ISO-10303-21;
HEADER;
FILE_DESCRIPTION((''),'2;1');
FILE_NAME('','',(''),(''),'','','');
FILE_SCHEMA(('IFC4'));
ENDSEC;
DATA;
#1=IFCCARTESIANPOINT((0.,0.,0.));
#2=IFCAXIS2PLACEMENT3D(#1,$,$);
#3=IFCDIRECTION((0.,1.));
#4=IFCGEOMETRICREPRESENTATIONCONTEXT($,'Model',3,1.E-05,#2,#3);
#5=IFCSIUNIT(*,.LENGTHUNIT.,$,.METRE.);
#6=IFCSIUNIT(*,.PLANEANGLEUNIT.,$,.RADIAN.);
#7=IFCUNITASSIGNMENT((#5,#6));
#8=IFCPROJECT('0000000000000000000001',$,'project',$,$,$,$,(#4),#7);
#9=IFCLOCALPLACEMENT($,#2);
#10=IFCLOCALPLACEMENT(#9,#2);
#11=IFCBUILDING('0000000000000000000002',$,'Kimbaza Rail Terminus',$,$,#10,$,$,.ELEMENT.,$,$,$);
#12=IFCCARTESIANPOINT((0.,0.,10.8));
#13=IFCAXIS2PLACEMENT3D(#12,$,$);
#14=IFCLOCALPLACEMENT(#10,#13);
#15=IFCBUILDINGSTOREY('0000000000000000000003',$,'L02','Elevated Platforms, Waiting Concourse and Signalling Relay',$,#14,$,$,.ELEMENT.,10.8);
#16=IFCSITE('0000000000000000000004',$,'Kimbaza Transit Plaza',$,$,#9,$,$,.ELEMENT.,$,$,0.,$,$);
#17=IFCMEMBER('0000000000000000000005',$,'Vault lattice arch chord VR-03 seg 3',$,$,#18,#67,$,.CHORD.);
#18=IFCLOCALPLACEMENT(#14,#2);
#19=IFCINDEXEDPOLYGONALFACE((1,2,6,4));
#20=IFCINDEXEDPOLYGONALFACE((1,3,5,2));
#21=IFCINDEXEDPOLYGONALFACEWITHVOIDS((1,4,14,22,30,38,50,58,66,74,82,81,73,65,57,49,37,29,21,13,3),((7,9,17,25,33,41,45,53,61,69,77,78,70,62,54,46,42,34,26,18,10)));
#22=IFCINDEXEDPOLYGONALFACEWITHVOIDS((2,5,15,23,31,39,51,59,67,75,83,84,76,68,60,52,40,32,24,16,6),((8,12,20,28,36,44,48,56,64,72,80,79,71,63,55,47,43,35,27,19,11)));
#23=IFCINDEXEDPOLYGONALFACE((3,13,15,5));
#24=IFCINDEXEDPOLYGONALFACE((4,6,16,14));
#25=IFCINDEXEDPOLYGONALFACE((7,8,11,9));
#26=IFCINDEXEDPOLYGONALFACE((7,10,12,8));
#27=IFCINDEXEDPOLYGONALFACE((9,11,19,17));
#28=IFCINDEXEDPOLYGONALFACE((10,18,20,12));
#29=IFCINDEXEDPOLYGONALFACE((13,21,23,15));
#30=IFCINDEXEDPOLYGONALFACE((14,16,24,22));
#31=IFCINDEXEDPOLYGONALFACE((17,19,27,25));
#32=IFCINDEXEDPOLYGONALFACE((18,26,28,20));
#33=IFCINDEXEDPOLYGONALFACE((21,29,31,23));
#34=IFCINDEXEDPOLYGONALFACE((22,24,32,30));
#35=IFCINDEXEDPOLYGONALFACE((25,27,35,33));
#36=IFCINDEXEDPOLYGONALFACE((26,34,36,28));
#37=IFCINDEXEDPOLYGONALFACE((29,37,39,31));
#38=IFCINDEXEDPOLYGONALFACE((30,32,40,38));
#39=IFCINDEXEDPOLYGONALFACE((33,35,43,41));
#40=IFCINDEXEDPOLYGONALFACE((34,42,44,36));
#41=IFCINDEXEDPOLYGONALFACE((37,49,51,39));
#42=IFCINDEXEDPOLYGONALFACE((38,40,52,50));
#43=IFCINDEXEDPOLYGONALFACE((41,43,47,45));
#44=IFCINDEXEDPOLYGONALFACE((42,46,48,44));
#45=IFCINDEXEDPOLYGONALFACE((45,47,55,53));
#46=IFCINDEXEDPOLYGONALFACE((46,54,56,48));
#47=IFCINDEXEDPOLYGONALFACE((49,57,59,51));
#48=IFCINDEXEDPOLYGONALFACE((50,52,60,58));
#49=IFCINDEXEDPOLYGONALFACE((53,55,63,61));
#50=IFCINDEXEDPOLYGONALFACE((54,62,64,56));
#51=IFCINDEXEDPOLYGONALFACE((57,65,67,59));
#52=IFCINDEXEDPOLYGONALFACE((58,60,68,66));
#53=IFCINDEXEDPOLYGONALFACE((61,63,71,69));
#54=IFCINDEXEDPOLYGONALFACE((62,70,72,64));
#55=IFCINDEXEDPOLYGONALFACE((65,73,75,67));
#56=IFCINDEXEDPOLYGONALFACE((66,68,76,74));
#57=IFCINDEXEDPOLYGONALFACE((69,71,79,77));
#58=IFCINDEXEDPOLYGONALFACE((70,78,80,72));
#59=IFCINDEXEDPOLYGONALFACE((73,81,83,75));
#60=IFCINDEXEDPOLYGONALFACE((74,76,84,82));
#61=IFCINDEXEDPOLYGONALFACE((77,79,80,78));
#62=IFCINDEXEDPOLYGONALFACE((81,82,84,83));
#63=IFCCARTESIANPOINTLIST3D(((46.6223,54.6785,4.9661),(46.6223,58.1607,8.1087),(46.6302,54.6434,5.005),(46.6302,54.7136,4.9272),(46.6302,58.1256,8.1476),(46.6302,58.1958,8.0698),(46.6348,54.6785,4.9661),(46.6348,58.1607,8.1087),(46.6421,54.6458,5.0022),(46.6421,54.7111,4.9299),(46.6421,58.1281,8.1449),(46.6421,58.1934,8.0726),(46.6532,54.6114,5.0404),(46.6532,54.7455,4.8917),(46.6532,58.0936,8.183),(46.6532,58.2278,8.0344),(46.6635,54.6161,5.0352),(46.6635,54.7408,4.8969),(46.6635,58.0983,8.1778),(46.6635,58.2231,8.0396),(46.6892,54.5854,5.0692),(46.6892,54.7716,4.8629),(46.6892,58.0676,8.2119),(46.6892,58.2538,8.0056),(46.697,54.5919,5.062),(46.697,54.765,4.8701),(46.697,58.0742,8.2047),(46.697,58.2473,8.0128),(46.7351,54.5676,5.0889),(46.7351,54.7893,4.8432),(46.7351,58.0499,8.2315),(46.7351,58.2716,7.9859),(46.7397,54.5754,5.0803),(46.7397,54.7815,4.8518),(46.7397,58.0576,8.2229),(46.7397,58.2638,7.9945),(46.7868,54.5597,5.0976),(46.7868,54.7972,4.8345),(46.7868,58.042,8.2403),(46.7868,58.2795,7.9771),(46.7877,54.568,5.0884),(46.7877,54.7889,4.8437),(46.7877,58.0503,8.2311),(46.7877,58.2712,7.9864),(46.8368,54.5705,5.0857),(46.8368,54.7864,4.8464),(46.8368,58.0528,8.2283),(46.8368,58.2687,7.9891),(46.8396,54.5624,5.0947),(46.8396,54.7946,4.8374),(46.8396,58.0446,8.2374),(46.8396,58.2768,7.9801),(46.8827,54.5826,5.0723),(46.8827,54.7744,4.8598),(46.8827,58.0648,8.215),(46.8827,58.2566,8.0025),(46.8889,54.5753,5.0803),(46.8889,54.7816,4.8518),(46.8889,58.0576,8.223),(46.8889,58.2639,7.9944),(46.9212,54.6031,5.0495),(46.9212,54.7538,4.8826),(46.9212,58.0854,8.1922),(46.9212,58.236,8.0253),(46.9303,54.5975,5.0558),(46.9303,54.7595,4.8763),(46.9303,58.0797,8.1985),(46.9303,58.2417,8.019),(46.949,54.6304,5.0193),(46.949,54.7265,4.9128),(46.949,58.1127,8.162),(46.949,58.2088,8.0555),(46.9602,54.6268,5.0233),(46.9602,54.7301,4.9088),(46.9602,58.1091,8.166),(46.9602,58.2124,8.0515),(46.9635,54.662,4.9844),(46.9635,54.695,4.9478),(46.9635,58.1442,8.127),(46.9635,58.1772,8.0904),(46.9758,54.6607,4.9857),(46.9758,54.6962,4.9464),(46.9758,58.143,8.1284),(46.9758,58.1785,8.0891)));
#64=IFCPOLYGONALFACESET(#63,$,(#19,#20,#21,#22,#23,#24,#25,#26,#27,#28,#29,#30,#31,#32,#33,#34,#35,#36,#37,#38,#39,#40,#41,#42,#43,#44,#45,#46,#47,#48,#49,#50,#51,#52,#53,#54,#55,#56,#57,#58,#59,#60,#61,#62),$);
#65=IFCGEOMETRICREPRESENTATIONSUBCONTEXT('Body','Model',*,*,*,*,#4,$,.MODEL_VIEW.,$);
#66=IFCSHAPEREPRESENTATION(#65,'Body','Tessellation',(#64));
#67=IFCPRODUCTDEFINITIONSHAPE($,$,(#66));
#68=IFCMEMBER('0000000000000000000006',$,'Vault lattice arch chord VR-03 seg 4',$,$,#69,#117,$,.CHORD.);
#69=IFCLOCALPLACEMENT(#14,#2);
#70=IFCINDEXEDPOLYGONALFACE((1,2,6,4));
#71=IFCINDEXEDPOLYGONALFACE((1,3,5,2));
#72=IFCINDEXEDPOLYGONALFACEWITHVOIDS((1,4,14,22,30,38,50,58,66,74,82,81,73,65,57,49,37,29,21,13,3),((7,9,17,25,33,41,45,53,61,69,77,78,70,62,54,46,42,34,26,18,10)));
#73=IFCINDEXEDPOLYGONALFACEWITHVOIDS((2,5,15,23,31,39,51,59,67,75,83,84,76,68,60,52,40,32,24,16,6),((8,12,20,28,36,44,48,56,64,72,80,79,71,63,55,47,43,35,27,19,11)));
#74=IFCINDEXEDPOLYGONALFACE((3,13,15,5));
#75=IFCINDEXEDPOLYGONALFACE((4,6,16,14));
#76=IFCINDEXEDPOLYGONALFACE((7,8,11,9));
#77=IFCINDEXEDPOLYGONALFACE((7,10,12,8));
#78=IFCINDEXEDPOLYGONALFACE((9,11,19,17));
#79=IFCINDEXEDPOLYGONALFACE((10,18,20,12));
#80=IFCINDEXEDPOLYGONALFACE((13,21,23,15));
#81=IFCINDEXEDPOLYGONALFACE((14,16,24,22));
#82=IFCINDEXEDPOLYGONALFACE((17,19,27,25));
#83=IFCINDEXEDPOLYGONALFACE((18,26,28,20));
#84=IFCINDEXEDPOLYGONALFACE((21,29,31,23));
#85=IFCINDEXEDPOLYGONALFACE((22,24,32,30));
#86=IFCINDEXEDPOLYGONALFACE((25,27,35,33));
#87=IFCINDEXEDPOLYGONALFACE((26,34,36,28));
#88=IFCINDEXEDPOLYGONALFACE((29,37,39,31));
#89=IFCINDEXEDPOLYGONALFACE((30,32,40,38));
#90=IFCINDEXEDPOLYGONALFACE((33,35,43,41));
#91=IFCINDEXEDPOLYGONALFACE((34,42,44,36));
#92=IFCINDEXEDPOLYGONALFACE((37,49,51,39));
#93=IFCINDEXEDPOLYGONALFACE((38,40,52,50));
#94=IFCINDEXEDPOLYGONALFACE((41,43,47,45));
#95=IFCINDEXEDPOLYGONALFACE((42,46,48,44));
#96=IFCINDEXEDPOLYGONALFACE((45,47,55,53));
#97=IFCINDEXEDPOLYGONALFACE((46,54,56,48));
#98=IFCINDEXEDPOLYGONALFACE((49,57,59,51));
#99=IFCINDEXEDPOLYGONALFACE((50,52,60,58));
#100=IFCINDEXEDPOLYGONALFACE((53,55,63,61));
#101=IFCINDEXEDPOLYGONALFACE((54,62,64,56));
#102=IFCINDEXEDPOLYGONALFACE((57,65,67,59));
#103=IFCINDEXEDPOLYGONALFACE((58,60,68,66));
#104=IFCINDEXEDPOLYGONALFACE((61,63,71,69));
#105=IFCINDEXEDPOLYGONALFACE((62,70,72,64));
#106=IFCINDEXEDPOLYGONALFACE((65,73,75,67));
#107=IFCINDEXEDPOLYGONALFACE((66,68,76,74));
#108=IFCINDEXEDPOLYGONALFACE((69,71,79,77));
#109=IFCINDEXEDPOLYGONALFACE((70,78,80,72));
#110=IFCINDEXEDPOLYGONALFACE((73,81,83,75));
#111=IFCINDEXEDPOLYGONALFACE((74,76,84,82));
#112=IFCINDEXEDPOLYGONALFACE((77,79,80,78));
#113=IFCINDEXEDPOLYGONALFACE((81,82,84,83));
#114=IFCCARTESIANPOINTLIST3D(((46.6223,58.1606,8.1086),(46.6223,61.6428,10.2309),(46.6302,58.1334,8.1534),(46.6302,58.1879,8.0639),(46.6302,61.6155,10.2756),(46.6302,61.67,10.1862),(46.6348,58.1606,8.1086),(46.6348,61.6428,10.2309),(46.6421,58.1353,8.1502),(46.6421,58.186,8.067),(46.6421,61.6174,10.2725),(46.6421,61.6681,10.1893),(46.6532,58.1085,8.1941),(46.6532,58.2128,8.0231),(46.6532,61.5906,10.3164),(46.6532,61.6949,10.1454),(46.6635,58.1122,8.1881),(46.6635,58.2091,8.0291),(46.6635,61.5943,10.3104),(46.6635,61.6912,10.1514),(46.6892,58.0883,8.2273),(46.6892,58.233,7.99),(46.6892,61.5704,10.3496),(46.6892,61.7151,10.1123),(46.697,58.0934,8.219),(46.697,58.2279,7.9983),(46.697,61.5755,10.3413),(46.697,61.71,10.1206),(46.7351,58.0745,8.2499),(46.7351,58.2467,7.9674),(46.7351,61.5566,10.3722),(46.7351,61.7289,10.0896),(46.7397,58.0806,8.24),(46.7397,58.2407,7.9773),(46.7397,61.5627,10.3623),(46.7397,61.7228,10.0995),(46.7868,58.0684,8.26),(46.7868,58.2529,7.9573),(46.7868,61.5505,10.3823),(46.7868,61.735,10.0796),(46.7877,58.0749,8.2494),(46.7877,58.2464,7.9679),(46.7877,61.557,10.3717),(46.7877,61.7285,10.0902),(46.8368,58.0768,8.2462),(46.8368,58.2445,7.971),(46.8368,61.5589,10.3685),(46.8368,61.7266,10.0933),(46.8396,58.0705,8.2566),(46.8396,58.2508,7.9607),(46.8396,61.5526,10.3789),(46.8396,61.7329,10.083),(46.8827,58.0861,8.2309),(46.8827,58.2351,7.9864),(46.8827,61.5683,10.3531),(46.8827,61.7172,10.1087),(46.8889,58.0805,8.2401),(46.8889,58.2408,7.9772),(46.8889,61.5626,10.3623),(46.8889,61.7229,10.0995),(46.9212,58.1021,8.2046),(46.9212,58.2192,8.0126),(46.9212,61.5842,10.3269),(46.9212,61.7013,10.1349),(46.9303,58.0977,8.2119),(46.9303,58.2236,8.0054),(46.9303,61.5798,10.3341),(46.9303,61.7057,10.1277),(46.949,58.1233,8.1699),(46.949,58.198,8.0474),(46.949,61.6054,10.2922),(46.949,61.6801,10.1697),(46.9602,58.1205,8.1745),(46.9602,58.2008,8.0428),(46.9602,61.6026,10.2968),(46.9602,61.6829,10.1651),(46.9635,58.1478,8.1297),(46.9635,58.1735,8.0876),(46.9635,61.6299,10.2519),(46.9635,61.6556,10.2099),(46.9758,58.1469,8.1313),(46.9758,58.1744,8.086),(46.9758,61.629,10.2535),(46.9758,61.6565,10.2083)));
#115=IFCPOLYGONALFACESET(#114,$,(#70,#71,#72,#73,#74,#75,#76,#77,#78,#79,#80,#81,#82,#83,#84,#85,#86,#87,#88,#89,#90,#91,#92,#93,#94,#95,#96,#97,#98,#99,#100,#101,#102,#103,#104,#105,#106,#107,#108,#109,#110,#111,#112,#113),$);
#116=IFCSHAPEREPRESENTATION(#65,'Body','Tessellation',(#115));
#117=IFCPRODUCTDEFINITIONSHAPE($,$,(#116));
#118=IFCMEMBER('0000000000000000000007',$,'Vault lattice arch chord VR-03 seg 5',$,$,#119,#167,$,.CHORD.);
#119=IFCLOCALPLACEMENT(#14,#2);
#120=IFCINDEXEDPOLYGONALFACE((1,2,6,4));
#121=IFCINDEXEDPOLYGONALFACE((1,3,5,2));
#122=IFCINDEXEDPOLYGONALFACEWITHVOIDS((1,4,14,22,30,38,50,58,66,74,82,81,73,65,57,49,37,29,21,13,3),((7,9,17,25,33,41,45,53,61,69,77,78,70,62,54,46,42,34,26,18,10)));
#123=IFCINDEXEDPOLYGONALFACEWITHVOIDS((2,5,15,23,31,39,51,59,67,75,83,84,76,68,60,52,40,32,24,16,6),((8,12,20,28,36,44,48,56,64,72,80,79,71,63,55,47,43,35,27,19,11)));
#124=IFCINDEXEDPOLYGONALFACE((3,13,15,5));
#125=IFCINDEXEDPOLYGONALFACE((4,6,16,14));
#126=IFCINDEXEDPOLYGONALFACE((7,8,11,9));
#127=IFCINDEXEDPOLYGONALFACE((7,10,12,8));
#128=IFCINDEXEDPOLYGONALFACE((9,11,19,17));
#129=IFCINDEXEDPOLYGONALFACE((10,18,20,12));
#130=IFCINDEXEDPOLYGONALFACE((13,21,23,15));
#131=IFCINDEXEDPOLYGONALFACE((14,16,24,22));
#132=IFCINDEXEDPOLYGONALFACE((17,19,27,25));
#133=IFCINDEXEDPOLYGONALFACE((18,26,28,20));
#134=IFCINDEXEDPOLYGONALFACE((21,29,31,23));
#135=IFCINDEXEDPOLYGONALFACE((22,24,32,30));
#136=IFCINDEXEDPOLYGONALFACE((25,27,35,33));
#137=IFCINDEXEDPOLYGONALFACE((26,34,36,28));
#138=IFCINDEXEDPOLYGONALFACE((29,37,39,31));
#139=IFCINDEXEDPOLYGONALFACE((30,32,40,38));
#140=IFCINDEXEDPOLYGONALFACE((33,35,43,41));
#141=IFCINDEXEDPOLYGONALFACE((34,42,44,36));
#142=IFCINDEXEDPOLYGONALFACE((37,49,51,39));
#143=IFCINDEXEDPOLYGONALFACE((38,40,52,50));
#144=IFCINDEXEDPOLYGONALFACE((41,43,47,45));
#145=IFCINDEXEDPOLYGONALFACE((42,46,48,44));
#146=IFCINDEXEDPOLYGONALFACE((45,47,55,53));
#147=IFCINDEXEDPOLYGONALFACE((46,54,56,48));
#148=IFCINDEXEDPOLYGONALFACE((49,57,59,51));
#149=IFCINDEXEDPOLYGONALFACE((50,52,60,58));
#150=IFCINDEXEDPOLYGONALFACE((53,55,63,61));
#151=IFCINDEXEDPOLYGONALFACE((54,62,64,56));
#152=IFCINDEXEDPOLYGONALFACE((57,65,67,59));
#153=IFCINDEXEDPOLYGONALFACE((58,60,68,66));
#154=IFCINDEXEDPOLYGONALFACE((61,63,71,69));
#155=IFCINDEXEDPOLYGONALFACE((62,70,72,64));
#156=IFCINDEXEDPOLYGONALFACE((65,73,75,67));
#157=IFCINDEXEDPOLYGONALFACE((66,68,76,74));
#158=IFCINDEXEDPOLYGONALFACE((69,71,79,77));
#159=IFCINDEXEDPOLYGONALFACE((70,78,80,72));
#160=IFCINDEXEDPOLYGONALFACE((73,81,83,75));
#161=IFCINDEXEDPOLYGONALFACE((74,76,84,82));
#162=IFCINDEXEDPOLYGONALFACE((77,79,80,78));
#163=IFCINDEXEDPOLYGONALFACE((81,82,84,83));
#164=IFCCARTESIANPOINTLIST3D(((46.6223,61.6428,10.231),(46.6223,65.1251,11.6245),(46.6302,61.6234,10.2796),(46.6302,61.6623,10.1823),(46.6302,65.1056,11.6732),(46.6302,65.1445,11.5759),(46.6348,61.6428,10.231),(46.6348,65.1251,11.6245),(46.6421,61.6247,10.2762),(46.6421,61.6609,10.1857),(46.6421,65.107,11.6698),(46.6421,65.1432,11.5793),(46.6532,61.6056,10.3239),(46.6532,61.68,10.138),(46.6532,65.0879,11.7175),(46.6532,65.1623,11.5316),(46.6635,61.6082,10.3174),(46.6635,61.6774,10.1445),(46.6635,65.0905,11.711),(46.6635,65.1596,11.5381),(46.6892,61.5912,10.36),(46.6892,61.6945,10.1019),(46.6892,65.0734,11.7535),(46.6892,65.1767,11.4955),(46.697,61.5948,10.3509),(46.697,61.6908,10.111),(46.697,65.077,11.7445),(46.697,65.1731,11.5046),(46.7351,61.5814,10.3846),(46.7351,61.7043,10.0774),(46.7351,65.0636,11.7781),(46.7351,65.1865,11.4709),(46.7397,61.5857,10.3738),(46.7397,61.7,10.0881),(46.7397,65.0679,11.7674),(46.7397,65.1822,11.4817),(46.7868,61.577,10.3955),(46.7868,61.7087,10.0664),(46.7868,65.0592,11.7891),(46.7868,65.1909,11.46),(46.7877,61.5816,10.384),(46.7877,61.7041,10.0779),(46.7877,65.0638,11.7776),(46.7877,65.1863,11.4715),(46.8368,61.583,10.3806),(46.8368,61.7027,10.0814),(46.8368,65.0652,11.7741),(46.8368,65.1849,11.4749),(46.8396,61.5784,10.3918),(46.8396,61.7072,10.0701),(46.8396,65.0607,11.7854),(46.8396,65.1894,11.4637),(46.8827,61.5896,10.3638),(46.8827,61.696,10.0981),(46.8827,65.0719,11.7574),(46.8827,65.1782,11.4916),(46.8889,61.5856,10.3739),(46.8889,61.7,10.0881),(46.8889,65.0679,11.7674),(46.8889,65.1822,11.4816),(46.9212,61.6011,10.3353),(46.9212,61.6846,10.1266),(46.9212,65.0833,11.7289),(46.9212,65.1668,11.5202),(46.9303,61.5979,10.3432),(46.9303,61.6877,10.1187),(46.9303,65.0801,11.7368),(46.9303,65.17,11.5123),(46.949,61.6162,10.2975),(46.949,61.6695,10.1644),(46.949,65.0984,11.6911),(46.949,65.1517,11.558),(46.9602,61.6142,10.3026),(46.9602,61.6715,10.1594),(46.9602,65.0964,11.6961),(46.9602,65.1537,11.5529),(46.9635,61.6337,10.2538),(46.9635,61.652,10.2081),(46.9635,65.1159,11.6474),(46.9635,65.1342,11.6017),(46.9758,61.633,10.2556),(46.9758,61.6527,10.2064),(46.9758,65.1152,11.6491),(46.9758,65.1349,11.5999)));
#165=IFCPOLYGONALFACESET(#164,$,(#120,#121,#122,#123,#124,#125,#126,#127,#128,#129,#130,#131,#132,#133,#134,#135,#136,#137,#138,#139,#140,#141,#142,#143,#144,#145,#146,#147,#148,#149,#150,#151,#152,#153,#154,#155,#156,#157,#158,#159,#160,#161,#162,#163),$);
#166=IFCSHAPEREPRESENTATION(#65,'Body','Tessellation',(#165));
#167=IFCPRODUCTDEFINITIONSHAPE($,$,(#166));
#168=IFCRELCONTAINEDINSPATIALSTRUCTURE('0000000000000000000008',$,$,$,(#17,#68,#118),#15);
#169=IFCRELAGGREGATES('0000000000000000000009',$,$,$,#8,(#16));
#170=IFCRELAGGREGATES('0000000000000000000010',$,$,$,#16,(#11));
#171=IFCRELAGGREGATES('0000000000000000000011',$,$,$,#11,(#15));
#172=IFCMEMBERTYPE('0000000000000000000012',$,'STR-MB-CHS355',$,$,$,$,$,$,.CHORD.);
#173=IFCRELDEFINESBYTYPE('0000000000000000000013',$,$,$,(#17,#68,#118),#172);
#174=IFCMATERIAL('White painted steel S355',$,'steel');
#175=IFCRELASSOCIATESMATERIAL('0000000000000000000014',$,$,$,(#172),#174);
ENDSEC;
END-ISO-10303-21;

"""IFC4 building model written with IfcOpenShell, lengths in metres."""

from ifc_helpers import new_model, si_unit, direction, frame, origin, origin_2d, place, context, subcontext, project, spatial, hollow_circle, extrude, material, material_profile, profile_set, type_object, element, save


model = new_model("IFC4")

# Units and contexts
model_context = context("Model", 3, precision=1e-05, world=origin(), true_north=direction((0.0, 1.0)))
body_context = subcontext(model_context, "Body", "Model", "MODEL_VIEW")
ifc_project = project(units=[si_unit("LENGTHUNIT", "METRE"), si_unit("PLANEANGLEUNIT", "RADIAN")], contexts=[model_context])

# Site, building, storey
site_placement = place(None, origin())
site = spatial("IfcSite", under=ifc_project, at=site_placement, Name="Kimbaza Transit Plaza", CompositionType="ELEMENT", RefElevation=0.0)
building_placement = place(site_placement, origin())
building = spatial("IfcBuilding", under=site, at=building_placement, Name="Kimbaza Rail Terminus", CompositionType="ELEMENT")
storey_placement = place(building_placement, frame((0.0, 0.0, 10.8)))
storey = spatial("IfcBuildingStorey", under=building, at=storey_placement, Name="L02", Description="Elevated Platforms, Waiting Concourse and Signalling Relay", CompositionType="ELEMENT", Elevation=10.8)

# Members
ifc_material_1 = material(Name="White painted steel S355", Category="steel")
ifc_material_profile_1 = material_profile(ifc_material_1, hollow_circle(Radius=0.1777, WallThickness=0.0125, at=origin_2d()), Name="CHS 355.6x12.5")
ifc_profile_set_1 = profile_set([ifc_material_profile_1], Name="White painted steel S355")
member_type_1 = type_object("IfcMemberType", Name="STR-MB-CHS355", PredefinedType="CHORD", material=ifc_profile_set_1)
member_1_placement = place(storey_placement, frame((46.8, 54.6785, 4.9661), z_axis=(0.0, 0.74238, 0.669979), x_axis=(-1.0, 0.0, 0.0)))
element("IfcMember", 1, at=member_1_placement, inside=storey, type_object=member_type_1, Name="Vault lattice arch chord VR-03 seg 3", PredefinedType="CHORD", context=body_context, shape_type="SweptSolid", body=[
    extrude(hollow_circle(Radius=0.1777, WallThickness=0.0125, at=origin_2d()), origin(), (0.0, 0.0, 1.0), 4.6907),
])
member_2_placement = place(storey_placement, frame((46.8, 58.1606, 8.1086), z_axis=(0.0, 0.853901, 0.520435), x_axis=(-1.0, 0.0, 0.0)))
element("IfcMember", 2, at=member_2_placement, inside=storey, type_object=member_type_1, Name="Vault lattice arch chord VR-03 seg 4", PredefinedType="CHORD", context=body_context, shape_type="SweptSolid", body=[
    extrude(hollow_circle(Radius=0.1777, WallThickness=0.0125, at=origin_2d()), origin(), (0.0, 0.0, 1.0), 4.0779),
])
member_3_placement = place(storey_placement, frame((46.8, 61.6428, 10.231), z_axis=(0.0, 0.928414, 0.371548), x_axis=(-1.0, 0.0, 0.0)))
element("IfcMember", 3, at=member_3_placement, inside=storey, type_object=member_type_1, Name="Vault lattice arch chord VR-03 seg 5", PredefinedType="CHORD", context=body_context, shape_type="SweptSolid", body=[
    extrude(hollow_circle(Radius=0.1777, WallThickness=0.0125, at=origin_2d()), origin(), (0.0, 0.0, 1.0), 3.7507),
])

save(model, "model.ifc")
